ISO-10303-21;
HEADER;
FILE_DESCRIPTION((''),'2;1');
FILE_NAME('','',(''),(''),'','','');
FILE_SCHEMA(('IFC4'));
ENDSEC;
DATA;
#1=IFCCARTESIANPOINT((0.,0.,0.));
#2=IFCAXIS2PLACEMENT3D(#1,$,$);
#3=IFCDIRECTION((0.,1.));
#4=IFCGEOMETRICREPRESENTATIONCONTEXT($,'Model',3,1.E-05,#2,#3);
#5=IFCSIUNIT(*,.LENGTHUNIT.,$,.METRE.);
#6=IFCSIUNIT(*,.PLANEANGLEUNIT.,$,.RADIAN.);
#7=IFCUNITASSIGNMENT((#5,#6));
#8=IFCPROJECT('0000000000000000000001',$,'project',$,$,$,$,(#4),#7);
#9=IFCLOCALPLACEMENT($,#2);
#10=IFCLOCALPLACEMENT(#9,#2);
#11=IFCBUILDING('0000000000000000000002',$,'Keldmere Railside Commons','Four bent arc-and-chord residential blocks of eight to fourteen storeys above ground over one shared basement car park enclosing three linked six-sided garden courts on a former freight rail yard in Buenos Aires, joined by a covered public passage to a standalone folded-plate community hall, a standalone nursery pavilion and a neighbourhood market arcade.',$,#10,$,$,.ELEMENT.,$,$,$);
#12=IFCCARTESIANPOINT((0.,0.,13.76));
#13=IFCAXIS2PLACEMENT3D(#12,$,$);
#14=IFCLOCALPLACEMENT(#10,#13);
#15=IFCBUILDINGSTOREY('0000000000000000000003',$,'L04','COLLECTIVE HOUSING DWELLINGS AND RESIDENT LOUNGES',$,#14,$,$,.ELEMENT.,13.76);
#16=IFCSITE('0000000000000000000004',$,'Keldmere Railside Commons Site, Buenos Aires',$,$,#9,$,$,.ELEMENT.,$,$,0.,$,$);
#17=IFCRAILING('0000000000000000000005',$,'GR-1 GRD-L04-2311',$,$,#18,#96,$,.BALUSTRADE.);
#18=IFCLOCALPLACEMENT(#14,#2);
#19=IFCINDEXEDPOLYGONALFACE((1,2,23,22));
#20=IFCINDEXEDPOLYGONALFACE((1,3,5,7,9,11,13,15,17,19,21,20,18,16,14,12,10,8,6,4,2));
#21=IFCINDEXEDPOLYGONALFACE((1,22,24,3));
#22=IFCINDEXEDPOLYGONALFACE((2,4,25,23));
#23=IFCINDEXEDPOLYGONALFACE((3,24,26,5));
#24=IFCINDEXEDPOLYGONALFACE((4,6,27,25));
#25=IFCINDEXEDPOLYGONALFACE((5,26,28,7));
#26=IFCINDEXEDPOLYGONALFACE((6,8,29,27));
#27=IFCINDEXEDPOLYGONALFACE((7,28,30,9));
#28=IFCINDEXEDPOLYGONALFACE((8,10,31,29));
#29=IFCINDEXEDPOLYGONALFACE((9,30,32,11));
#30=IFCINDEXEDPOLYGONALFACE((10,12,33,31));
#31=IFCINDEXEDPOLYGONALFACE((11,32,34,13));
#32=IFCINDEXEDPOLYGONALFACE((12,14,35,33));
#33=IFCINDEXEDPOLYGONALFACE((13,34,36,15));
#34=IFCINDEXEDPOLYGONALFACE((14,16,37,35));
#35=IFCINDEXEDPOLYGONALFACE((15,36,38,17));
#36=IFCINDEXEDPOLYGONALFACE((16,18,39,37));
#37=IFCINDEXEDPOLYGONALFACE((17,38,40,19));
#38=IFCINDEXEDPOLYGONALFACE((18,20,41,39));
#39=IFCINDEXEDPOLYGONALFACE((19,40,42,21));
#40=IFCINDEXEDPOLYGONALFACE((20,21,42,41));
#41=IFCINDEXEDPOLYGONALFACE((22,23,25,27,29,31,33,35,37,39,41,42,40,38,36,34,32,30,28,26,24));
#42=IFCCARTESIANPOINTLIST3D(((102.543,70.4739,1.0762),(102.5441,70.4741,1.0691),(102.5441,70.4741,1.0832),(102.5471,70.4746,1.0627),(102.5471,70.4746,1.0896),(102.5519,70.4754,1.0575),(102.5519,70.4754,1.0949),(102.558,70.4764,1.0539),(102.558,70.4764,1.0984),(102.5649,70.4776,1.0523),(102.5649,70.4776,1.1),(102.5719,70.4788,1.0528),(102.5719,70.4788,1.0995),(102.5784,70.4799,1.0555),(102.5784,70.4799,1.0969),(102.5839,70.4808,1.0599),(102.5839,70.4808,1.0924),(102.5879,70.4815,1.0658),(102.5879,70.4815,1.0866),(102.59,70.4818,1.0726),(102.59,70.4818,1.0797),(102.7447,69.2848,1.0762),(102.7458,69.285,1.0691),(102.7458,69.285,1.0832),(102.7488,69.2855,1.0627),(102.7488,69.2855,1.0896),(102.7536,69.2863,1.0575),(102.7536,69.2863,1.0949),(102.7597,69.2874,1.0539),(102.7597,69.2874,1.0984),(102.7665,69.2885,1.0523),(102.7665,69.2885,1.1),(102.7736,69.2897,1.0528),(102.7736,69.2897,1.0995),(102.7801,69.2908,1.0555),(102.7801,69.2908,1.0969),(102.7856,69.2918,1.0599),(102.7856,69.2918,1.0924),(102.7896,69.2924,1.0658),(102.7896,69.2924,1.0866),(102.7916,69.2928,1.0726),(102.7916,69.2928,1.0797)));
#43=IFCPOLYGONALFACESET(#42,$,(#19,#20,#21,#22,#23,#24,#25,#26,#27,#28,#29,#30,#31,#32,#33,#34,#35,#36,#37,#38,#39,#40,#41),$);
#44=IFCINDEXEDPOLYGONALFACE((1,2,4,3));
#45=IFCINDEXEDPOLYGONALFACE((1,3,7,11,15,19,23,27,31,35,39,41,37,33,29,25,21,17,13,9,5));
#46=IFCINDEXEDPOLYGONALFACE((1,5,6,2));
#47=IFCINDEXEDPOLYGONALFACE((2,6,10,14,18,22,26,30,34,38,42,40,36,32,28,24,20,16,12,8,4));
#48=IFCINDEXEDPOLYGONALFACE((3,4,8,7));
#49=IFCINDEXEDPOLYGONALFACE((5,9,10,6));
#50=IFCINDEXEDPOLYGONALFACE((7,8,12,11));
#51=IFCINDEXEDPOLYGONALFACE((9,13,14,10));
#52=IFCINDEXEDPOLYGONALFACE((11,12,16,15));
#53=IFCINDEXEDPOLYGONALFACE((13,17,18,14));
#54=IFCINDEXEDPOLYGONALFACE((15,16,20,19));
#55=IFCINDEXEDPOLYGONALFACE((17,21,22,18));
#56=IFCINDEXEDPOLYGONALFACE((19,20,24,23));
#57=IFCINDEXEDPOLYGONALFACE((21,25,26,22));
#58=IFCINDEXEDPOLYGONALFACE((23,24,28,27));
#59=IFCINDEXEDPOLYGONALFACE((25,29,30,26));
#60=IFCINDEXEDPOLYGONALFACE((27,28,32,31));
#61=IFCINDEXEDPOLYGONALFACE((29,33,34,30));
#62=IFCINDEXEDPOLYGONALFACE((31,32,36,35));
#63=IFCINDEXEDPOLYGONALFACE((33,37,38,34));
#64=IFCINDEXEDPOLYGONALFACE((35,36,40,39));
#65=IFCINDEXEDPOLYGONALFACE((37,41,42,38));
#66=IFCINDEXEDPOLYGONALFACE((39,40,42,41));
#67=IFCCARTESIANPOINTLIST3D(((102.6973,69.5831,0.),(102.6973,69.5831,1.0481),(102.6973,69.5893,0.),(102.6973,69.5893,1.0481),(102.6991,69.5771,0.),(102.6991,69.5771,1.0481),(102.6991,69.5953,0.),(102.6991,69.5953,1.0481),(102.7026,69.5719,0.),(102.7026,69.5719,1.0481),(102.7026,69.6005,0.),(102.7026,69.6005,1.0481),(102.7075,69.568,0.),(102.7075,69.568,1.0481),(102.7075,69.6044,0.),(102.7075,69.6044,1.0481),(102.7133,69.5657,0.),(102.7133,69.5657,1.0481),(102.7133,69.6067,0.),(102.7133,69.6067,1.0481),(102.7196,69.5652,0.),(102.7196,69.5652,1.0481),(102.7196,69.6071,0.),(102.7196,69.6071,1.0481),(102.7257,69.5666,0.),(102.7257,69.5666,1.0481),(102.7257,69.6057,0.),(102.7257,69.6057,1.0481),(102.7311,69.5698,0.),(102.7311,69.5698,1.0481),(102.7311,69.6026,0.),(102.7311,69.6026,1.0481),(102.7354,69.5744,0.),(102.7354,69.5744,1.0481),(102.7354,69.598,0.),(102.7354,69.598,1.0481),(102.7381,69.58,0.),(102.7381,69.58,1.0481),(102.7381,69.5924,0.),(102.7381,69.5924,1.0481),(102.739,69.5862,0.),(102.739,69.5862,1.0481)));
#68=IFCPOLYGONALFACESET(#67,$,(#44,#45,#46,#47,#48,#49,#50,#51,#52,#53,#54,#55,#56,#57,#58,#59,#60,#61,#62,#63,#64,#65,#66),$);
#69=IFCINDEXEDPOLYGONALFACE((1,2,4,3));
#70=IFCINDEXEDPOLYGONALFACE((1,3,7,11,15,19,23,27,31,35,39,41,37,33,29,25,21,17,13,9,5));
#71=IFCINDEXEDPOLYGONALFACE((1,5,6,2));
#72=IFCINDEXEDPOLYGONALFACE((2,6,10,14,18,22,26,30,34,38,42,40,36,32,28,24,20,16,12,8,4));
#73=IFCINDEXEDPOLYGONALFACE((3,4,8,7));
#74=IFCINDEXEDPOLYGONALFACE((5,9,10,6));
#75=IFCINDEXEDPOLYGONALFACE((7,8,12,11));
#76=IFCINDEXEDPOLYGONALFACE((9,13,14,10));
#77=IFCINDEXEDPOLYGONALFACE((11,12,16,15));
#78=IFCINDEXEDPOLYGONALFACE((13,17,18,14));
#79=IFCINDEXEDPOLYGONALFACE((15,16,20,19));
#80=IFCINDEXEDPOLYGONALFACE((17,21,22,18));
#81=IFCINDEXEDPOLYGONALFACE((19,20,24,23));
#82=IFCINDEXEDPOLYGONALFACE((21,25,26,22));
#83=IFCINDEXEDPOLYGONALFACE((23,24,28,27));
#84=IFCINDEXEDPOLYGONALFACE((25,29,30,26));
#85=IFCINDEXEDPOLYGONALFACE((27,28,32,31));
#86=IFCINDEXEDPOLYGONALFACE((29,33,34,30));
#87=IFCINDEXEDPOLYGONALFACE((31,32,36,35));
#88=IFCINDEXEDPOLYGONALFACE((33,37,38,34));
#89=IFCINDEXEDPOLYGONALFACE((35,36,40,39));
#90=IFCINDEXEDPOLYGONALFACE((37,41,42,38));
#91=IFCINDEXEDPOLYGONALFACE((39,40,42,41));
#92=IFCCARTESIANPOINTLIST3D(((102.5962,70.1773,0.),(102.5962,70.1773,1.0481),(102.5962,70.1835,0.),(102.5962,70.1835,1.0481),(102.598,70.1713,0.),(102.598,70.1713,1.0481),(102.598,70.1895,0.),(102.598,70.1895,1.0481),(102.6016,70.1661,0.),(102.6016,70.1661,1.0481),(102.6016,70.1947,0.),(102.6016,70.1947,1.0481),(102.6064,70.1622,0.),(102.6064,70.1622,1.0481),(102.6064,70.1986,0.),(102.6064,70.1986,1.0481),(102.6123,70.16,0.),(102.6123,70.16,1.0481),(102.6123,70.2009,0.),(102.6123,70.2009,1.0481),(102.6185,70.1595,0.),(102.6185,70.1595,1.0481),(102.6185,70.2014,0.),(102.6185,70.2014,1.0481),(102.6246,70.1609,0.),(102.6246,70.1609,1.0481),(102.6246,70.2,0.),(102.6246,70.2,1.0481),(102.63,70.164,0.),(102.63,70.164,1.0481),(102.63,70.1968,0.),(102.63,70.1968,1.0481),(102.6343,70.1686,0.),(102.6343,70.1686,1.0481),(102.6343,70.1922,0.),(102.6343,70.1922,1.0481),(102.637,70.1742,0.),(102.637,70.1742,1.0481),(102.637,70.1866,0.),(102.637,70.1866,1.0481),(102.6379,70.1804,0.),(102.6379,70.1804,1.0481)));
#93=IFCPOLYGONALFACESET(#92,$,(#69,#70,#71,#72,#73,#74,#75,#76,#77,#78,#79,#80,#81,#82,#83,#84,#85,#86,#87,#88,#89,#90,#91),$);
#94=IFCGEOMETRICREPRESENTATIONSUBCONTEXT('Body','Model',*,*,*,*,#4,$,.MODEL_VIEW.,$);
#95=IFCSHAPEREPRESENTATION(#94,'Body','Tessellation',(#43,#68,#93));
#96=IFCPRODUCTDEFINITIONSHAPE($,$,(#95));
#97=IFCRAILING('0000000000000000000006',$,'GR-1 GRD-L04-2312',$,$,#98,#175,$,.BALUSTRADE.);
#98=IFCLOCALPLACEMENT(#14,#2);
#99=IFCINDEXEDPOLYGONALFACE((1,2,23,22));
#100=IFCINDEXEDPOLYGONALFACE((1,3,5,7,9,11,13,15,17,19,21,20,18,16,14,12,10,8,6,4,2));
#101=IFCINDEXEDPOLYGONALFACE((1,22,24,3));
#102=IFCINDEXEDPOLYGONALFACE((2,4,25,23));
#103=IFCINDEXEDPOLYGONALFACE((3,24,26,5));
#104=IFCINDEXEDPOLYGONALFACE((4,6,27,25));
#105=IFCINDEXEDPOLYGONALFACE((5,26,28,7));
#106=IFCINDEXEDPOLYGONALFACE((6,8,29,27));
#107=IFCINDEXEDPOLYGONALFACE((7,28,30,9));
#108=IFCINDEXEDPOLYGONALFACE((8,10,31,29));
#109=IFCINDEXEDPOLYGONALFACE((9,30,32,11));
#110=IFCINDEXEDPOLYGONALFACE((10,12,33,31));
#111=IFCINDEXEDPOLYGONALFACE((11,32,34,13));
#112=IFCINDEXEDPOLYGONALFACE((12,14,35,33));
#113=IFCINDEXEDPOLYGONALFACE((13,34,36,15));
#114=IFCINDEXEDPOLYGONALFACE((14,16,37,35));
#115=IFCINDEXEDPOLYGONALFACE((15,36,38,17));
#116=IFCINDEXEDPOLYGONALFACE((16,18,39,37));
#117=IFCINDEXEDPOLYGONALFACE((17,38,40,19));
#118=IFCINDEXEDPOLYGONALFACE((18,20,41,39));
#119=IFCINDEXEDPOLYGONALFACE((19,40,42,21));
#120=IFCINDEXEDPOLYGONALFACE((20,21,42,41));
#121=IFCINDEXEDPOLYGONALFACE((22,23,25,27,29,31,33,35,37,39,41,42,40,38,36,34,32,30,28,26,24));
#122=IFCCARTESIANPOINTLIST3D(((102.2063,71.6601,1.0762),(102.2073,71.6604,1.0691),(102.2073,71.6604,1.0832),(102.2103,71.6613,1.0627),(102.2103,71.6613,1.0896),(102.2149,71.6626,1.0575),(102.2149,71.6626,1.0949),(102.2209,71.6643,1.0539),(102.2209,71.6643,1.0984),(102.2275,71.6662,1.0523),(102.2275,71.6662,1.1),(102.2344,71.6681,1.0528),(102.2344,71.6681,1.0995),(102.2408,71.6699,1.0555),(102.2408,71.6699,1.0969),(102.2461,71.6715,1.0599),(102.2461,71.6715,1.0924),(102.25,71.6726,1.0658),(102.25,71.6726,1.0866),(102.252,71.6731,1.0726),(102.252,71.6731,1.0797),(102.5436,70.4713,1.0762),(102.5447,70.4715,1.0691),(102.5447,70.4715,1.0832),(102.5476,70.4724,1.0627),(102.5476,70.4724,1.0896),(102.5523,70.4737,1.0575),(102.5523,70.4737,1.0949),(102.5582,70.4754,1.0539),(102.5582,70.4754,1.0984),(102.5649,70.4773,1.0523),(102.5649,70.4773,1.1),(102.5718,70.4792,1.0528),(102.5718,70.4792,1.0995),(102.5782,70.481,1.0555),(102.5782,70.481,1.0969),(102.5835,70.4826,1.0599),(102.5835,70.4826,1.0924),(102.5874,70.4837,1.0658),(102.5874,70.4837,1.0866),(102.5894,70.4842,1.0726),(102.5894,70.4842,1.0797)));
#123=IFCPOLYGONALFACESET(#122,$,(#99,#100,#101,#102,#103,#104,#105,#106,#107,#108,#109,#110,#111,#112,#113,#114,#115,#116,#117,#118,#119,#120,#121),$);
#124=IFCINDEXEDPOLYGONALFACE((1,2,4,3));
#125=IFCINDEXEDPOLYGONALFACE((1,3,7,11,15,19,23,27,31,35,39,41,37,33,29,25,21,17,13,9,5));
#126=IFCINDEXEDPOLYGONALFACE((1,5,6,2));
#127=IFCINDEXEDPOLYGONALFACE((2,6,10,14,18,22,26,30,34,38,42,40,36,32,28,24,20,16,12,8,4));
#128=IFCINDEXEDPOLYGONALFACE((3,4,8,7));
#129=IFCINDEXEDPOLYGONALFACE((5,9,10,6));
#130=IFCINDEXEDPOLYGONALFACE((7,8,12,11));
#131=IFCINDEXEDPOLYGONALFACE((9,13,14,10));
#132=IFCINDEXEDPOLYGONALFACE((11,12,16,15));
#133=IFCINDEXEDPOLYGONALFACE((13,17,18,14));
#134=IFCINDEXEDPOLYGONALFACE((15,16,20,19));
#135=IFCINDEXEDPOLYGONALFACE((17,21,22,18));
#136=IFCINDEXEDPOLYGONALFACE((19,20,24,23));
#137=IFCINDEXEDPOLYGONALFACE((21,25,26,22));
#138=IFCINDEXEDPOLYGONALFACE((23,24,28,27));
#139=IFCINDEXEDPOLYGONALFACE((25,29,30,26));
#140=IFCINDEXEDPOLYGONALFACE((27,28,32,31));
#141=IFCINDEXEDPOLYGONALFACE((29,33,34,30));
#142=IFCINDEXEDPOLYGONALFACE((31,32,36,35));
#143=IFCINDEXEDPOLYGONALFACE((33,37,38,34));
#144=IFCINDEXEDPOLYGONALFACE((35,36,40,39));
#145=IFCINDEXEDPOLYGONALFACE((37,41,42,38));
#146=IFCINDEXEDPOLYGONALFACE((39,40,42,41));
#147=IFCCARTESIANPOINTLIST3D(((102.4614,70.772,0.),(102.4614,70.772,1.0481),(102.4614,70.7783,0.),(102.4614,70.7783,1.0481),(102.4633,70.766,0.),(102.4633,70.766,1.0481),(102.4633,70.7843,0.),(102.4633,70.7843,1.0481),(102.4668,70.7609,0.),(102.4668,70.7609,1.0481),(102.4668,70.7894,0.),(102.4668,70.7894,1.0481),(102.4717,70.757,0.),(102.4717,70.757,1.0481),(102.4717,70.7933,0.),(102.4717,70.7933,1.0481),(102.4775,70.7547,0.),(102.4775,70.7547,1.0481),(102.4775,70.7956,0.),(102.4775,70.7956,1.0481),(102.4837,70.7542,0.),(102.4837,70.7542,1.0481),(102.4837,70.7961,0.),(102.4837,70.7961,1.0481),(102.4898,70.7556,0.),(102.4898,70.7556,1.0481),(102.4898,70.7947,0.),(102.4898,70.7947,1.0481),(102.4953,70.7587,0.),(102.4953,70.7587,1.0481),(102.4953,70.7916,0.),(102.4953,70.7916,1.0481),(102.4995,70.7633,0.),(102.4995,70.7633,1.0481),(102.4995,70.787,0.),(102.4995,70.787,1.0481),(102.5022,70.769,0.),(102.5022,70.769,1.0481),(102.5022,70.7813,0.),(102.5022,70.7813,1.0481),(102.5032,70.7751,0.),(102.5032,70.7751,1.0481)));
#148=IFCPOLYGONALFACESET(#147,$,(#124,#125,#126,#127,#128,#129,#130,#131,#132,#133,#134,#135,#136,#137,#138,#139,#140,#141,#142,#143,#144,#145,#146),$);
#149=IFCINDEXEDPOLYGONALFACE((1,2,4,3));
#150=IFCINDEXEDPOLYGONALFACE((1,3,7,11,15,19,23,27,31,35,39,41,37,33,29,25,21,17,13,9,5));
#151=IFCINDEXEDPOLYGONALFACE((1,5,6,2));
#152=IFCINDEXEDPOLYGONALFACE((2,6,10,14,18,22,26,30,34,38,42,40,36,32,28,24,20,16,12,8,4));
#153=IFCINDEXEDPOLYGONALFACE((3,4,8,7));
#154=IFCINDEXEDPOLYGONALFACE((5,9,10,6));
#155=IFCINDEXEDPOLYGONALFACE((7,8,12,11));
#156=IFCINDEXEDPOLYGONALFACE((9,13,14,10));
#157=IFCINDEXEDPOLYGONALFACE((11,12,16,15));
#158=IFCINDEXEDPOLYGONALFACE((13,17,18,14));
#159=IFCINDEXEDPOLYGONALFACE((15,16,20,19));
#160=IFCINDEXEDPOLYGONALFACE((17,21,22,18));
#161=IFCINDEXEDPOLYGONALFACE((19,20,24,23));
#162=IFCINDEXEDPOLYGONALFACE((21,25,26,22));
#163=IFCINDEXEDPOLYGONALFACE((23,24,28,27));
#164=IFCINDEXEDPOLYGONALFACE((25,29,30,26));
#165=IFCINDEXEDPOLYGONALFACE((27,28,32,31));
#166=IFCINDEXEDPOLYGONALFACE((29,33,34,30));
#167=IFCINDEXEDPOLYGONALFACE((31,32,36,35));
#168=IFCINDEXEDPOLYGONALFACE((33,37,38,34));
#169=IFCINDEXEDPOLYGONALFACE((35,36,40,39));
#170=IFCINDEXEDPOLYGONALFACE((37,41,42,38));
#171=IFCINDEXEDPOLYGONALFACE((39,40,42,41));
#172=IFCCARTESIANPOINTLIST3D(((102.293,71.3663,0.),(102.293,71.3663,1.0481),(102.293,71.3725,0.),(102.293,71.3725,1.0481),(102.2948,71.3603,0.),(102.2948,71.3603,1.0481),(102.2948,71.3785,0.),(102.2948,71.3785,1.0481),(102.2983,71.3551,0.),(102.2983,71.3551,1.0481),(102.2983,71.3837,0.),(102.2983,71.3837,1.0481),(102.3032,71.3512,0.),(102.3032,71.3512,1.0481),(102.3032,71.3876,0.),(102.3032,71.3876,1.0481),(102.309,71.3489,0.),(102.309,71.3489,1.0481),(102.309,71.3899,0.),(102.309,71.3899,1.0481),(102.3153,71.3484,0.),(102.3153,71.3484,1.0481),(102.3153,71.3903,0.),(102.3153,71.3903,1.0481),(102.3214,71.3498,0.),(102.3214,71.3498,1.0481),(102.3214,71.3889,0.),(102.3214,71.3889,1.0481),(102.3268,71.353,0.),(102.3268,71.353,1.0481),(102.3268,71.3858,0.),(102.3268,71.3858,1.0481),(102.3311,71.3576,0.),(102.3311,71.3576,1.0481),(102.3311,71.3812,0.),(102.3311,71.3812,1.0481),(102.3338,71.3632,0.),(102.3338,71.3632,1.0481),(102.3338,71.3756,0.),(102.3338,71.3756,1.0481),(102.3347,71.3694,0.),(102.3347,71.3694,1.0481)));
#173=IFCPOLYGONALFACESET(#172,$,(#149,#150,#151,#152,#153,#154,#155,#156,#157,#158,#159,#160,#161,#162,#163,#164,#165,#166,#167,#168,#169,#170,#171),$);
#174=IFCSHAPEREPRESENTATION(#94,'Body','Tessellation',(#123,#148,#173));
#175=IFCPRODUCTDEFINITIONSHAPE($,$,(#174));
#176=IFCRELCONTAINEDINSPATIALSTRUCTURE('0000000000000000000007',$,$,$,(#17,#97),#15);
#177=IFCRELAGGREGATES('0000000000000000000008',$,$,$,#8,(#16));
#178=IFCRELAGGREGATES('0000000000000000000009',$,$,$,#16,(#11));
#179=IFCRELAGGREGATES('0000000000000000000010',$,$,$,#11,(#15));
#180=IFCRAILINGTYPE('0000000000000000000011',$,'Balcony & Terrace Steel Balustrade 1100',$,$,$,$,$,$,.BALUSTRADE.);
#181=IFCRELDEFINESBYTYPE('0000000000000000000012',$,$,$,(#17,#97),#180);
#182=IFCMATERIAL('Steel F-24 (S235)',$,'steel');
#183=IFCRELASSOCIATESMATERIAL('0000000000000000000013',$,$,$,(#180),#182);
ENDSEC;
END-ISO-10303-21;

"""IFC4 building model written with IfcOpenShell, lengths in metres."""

from ifc_helpers import new_model, si_unit, direction, frame, origin, origin_2d, place, context, subcontext, project, spatial, circle, extrude, material, type_object, element, save


model = new_model("IFC4")

# Units and contexts
model_context = context("Model", 3, precision=1e-05, world=origin(), true_north=direction((0.0, 1.0)))
body_context = subcontext(model_context, "Body", "Model", "MODEL_VIEW")
ifc_project = project(units=[si_unit("LENGTHUNIT", "METRE"), si_unit("PLANEANGLEUNIT", "RADIAN")], contexts=[model_context])

# Site, building, storey
site_placement = place(None, origin())
site = spatial("IfcSite", under=ifc_project, at=site_placement, Name="Keldmere Railside Commons Site, Buenos Aires", CompositionType="ELEMENT", RefElevation=0.0)
building_placement = place(site_placement, origin())
building = spatial("IfcBuilding", under=site, at=building_placement, Name="Keldmere Railside Commons", Description="Four bent arc-and-chord residential blocks of eight to fourteen storeys above ground over one shared basement car park enclosing three linked six-sided garden courts on a former freight rail yard in Buenos Aires, joined by a covered public passage to a standalone folded-plate community hall, a standalone nursery pavilion and a neighbourhood market arcade.", CompositionType="ELEMENT")
storey_placement = place(building_placement, frame((0.0, 0.0, 13.76)))
storey = spatial("IfcBuildingStorey", under=building, at=storey_placement, Name="L04", Description="COLLECTIVE HOUSING DWELLINGS AND RESIDENT LOUNGES", CompositionType="ELEMENT", Elevation=13.76)

# Shared definitions
ifc_material_1 = material(Name="Steel F-24 (S235)", Category="steel")

# Railings
railing_type_1 = type_object("IfcRailingType", Name="Balcony & Terrace Steel Balustrade 1100", PredefinedType="BALUSTRADE", material=ifc_material_1)
railing_1_placement = place(storey_placement, frame((102.7683, 69.2888, 0.0)))
element("IfcRailing", 1, at=railing_1_placement, inside=storey, type_object=railing_type_1, Name="GR-1 GRD-L04-2311", PredefinedType="BALUSTRADE", context=body_context, shape_type="SweptSolid", body=[
    extrude(circle(Radius=0.0239, at=origin_2d()), frame((0.0, 0.0, 1.0762), z_axis=(-0.167222, 0.985919, 0.0), x_axis=(-0.985919, -0.167222, 0.0)), (0.0, 0.0, 1.0), 1.2061),
    extrude(circle(Radius=0.021, at=origin_2d()), frame((-0.0503, 0.2974, 0.0)), (0.0, 0.0, 1.0), 1.0481),
    extrude(circle(Radius=0.021, at=origin_2d()), frame((-0.1514, 0.8916, 0.0)), (0.0, 0.0, 1.0), 1.0481),
])
railing_2_placement = place(storey_placement, frame((102.5667, 70.4778, 0.0)))
element("IfcRailing", 2, at=railing_2_placement, inside=storey, type_object=railing_type_1, Name="GR-1 GRD-L04-2312", PredefinedType="BALUSTRADE", context=body_context, shape_type="SweptSolid", body=[
    extrude(circle(Radius=0.0239, at=origin_2d()), frame((0.0, 0.0, 1.0762), z_axis=(-0.272999, 0.962014, 0.0), x_axis=(-0.962014, -0.272999, 0.0)), (0.0, 0.0, 1.0), 1.2358),
    extrude(circle(Radius=0.021, at=origin_2d()), frame((-0.0845, 0.2974, 0.0)), (0.0, 0.0, 1.0), 1.0481),
    extrude(circle(Radius=0.021, at=origin_2d()), frame((-0.2529, 0.8916, 0.0)), (0.0, 0.0, 1.0), 1.0481),
])

save(model, "model.ifc")
